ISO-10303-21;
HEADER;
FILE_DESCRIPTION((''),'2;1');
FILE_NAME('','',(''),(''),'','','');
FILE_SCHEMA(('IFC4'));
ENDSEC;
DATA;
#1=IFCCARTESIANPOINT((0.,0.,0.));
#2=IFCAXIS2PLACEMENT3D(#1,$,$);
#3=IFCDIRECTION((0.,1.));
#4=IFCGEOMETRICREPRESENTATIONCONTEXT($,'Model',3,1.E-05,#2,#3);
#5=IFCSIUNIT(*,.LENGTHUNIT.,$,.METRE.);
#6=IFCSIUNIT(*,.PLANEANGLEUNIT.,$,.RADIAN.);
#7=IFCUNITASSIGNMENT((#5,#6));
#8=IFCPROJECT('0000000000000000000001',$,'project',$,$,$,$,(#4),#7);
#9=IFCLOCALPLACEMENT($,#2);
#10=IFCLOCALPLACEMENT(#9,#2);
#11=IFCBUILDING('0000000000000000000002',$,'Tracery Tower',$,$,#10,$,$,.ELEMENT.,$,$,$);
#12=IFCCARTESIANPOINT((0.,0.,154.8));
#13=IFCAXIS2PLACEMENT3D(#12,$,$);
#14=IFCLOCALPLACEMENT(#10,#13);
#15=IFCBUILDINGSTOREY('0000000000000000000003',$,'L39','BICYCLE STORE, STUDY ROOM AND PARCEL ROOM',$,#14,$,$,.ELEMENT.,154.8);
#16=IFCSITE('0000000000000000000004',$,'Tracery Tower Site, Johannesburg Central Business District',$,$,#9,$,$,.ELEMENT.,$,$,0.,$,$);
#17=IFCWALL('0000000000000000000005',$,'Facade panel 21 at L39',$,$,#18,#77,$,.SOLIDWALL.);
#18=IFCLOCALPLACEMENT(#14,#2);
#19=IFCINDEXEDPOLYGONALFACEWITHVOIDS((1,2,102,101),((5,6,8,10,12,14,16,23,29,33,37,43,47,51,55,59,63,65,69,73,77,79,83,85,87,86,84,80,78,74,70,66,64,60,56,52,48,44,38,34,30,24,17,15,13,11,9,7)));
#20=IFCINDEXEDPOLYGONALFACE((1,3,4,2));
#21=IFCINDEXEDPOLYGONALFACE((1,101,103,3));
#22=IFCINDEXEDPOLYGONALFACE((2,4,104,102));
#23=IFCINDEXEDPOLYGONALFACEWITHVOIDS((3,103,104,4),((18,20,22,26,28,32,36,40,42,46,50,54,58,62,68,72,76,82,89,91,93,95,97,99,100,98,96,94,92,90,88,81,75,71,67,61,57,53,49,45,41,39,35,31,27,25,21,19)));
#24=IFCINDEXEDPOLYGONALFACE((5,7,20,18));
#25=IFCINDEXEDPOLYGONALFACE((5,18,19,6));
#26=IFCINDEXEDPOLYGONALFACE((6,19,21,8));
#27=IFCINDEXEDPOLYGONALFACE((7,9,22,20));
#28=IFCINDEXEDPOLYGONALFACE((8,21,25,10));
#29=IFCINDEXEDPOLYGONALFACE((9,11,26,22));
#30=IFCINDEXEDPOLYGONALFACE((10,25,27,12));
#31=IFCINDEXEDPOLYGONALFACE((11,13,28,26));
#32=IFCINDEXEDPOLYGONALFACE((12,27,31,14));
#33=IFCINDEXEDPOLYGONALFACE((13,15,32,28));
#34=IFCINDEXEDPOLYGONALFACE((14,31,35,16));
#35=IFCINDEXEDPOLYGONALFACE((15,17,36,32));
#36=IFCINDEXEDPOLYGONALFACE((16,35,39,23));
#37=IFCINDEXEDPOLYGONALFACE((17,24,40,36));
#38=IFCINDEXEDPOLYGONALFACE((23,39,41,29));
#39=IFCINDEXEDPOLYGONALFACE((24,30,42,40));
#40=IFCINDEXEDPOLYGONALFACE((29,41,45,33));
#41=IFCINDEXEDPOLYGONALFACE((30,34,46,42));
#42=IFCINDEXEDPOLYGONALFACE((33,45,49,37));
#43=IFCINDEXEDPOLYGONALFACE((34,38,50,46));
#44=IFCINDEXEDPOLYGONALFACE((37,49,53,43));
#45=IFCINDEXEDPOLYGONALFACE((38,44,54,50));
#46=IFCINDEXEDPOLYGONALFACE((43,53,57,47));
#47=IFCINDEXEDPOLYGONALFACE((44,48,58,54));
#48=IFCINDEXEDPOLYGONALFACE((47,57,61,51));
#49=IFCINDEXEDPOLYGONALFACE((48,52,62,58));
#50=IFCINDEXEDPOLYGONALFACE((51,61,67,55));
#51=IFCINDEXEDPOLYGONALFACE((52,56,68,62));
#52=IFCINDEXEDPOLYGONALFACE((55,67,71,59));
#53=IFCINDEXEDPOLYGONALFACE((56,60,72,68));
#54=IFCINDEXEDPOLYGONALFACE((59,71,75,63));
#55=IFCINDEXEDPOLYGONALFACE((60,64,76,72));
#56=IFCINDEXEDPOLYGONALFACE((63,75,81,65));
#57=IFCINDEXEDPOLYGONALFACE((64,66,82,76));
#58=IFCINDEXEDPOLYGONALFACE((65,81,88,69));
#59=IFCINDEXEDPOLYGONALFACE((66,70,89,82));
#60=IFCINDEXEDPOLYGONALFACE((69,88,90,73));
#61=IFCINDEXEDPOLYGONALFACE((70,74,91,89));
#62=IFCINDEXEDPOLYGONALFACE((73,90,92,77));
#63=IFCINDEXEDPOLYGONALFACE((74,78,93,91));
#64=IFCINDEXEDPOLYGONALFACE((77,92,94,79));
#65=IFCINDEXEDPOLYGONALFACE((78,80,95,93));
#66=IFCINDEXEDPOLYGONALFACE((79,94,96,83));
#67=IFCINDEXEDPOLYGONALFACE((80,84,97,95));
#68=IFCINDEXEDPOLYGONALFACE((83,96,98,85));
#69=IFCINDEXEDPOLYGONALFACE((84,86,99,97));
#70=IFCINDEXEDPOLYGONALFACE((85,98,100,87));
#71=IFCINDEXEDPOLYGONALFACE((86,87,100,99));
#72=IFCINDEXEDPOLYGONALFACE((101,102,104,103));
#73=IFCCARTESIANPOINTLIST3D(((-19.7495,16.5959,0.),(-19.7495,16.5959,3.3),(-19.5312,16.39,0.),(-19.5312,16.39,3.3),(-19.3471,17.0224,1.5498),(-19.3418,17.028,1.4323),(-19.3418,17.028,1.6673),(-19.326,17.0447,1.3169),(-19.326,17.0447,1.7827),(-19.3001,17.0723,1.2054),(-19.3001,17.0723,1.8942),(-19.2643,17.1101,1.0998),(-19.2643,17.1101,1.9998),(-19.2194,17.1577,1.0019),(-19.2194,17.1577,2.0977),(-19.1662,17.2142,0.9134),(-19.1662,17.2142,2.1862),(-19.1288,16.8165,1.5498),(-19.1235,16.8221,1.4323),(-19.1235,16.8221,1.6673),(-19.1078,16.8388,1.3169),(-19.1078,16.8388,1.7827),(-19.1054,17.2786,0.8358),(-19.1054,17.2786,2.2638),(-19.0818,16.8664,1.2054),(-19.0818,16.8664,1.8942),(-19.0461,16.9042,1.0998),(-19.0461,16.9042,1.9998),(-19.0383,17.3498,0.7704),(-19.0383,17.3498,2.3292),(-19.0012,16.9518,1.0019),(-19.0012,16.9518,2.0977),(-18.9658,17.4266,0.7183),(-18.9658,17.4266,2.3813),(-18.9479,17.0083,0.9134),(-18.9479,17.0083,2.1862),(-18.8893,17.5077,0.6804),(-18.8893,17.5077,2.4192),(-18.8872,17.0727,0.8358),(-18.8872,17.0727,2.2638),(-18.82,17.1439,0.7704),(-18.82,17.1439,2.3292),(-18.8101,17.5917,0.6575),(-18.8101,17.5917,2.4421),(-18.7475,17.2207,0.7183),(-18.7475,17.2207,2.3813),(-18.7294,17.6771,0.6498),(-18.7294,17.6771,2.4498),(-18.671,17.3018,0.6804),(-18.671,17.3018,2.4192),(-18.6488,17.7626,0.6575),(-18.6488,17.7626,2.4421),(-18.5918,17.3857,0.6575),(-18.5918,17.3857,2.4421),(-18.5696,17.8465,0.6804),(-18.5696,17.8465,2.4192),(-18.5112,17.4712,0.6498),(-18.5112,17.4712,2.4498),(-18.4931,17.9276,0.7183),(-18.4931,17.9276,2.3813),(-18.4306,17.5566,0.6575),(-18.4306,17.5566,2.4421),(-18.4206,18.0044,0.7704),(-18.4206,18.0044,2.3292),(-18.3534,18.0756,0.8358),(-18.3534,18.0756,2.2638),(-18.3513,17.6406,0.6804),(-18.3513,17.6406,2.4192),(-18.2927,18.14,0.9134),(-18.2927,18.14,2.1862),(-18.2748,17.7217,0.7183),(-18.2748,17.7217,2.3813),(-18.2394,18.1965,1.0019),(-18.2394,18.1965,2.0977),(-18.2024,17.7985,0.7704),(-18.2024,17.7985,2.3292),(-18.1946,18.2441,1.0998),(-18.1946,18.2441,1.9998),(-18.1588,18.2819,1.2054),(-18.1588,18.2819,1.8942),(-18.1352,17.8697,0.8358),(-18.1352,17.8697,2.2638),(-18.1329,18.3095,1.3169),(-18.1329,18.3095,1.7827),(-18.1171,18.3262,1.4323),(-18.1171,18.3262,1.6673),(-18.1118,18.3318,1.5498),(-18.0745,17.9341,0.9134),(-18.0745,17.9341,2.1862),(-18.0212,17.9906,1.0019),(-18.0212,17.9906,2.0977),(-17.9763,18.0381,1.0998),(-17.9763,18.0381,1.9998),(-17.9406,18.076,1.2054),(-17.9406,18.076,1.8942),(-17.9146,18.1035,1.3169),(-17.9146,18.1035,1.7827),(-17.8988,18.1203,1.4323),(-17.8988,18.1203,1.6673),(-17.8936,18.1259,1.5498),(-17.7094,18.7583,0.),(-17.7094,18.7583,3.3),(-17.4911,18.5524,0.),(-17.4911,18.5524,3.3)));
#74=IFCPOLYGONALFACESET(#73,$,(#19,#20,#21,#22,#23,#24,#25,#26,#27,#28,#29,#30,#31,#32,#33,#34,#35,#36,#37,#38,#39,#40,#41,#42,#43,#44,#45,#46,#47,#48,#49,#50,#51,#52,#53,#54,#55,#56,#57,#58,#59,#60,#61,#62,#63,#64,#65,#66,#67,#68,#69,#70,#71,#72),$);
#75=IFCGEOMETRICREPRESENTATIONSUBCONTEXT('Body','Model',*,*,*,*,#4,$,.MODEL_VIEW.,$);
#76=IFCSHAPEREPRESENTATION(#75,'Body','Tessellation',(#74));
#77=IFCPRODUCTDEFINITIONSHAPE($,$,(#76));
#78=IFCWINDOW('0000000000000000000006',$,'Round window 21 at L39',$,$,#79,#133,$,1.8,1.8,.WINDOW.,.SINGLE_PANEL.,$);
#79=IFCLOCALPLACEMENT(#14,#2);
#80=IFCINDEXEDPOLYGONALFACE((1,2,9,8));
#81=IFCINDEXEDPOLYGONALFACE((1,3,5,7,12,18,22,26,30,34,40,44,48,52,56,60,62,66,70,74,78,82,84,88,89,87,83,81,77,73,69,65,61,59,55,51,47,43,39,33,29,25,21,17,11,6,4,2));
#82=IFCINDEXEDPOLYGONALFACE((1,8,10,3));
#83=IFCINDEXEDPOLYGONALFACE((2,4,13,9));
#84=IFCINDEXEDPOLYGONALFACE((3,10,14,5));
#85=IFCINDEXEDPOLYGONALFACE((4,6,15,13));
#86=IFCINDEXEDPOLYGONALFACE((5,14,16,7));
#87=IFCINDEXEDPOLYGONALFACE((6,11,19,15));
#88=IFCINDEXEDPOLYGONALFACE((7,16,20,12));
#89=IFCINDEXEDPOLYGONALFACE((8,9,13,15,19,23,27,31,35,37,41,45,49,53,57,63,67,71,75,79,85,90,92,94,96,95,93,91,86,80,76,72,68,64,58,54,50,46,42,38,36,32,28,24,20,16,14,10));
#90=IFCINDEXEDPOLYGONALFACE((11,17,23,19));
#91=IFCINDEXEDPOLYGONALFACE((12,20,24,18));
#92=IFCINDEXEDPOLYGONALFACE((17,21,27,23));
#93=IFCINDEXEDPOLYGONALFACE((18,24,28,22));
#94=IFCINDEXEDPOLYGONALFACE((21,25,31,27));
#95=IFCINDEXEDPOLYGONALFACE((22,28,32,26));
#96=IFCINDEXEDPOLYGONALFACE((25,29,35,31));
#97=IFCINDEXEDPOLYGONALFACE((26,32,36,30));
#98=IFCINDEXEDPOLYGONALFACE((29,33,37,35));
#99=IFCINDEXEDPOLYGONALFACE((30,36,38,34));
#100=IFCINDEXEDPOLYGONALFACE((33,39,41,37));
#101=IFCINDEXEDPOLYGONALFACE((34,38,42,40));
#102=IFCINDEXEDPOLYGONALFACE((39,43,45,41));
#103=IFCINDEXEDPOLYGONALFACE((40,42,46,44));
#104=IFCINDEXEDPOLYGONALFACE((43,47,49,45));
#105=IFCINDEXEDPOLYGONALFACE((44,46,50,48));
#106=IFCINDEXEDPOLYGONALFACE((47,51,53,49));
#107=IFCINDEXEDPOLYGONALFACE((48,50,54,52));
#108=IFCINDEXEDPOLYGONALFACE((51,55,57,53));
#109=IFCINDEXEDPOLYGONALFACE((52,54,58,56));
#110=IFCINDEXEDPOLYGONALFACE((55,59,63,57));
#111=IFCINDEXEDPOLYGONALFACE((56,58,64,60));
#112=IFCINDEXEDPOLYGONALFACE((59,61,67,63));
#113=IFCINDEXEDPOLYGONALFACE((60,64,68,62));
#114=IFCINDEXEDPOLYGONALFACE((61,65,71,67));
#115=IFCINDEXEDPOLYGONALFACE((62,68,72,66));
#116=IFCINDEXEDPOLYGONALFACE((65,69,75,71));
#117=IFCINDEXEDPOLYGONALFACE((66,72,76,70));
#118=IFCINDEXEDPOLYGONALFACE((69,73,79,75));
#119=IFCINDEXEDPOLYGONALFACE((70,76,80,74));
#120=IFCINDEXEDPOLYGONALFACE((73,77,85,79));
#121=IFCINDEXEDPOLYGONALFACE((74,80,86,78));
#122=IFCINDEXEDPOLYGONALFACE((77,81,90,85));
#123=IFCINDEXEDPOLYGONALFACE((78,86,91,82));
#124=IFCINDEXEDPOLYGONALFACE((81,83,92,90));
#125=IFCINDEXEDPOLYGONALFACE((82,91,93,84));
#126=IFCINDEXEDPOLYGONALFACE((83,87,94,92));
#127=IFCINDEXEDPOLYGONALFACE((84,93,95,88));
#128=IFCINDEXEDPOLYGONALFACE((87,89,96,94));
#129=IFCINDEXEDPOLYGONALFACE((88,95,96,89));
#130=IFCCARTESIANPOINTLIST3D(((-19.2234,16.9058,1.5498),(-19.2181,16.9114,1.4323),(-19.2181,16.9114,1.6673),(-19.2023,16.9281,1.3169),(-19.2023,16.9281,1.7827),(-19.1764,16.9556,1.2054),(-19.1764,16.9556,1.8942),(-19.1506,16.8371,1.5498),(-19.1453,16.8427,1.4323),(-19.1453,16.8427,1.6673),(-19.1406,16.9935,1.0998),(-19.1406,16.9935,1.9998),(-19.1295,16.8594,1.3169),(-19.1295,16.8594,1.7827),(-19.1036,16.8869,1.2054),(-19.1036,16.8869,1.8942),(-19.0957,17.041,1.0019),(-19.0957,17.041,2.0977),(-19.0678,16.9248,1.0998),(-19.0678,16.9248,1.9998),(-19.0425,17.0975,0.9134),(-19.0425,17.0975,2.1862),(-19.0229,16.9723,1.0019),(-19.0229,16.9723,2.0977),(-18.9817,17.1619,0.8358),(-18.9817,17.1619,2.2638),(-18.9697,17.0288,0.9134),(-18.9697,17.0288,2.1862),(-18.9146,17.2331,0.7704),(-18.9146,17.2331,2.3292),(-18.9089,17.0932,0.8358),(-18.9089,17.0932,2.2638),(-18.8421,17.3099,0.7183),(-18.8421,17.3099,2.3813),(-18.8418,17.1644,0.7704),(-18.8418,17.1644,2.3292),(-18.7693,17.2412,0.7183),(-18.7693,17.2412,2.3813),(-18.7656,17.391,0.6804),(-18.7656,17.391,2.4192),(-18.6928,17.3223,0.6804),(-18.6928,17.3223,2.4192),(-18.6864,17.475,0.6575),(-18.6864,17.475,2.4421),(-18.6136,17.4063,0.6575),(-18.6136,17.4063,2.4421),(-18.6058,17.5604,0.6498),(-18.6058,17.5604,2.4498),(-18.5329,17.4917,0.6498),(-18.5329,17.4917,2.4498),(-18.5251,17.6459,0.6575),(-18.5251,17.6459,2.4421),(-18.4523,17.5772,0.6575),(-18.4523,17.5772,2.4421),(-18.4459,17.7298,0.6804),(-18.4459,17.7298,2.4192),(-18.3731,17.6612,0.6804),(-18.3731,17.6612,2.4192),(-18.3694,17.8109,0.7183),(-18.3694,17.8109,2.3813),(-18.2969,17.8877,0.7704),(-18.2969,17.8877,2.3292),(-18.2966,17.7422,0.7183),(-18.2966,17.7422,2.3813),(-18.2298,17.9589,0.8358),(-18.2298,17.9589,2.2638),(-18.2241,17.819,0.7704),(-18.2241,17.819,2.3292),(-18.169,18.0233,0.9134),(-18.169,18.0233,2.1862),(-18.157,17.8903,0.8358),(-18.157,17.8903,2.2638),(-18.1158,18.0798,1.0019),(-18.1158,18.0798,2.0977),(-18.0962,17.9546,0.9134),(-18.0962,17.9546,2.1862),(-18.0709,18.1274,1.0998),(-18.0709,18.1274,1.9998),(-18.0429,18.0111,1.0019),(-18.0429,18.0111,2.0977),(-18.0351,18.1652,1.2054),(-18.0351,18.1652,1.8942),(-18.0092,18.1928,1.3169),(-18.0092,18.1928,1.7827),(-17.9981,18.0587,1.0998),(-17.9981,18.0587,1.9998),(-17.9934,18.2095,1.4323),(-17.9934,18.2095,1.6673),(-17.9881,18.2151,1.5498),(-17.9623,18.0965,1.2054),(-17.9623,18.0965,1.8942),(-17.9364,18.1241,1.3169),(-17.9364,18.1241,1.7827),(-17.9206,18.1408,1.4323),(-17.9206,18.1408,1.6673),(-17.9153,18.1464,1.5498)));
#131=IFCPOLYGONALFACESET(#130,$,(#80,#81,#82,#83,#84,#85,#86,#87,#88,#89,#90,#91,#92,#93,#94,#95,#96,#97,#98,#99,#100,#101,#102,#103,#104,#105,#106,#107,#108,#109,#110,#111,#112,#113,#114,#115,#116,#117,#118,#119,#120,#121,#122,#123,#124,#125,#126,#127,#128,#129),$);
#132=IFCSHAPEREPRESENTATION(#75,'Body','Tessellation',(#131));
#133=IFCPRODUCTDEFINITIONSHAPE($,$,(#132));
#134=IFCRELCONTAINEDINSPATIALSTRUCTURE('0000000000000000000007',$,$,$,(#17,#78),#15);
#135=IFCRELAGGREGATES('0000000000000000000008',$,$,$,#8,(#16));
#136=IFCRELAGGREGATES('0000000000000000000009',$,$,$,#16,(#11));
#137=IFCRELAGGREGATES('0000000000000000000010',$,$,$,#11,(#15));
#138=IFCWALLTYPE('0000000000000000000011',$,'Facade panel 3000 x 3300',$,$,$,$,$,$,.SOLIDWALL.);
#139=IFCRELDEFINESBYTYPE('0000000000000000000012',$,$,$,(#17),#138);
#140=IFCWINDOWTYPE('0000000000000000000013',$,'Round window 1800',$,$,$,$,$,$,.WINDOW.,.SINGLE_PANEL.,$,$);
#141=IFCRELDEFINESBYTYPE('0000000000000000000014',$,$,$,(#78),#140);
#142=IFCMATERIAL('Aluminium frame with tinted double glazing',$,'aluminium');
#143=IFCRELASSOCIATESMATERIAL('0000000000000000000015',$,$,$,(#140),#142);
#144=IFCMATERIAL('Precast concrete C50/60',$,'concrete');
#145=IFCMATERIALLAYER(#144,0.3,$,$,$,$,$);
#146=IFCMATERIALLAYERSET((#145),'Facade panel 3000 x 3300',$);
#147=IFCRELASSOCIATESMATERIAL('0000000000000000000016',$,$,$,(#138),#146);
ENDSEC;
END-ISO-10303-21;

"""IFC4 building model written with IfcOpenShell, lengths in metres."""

from ifc_helpers import new_model, si_unit, direction, frame, frame_2d, origin, origin_2d, place, context, subcontext, project, spatial, rectangle, circle, extrude, material, layer, layer_set, type_object, element, fill, save


model = new_model("IFC4")

# Units and contexts
model_context = context("Model", 3, precision=1e-05, world=origin(), true_north=direction((0.0, 1.0)))
body_context = subcontext(model_context, "Body", "Model", "MODEL_VIEW")
ifc_project = project(units=[si_unit("LENGTHUNIT", "METRE"), si_unit("PLANEANGLEUNIT", "RADIAN")], contexts=[model_context])

# Site, building, storey
site_placement = place(None, origin())
site = spatial("IfcSite", under=ifc_project, at=site_placement, Name="Tracery Tower Site, Johannesburg Central Business District", CompositionType="ELEMENT", RefElevation=0.0)
building_placement = place(site_placement, origin())
building = spatial("IfcBuilding", under=site, at=building_placement, Name="Tracery Tower", CompositionType="ELEMENT")
storey_placement = place(building_placement, frame((0.0, 0.0, 154.8)))
storey = spatial("IfcBuildingStorey", under=building, at=storey_placement, Name="L39", Description="BICYCLE STORE, STUDY ROOM AND PARCEL ROOM", CompositionType="ELEMENT", Elevation=154.8)

# Wall, opening, window
ifc_material_1 = material(Name="Aluminium frame with tinted double glazing", Category="aluminium")
window_type = type_object("IfcWindowType", Name="Round window 1800", PartitioningType="SINGLE_PANEL", PredefinedType="WINDOW", material=ifc_material_1)
ifc_material_2 = material(Name="Precast concrete C50/60", Category="concrete")
ifc_layer_1 = layer(ifc_material_2, 0.3)
ifc_layer_set_1 = layer_set([ifc_layer_1], Name="Facade panel 3000 x 3300")
wall_type_1 = type_object("IfcWallType", Name="Facade panel 3000 x 3300", PredefinedType="SOLIDWALL", material=ifc_layer_set_1)
wall_1_placement = place(storey_placement, frame((-17.6003, 18.6553, 0.0), z_axis=(0.0, 0.0, 1.0), x_axis=(-0.686235, -0.72738, 0.0)))
wall_1 = element("IfcWall", 1, at=wall_1_placement, inside=storey, type_object=wall_type_1, Name="Facade panel 21 at L39", PredefinedType="SOLIDWALL", context=body_context, shape_type="SweptSolid", body=[
    extrude(rectangle(XDim=2.9729, YDim=0.3, at=frame_2d((1.4863, 0.0))), origin(), (0.0, 0.0, 1.0), 3.3),
])
opening_1_placement = place(wall_1_placement, frame((1.4863, 0.0, 1.5498)))
opening_1 = element("IfcOpeningElement", 2, at=opening_1_placement, cuts=wall_1, PredefinedType="OPENING", context=body_context, shape_type="SweptSolid", body=[
    extrude(circle(Radius=0.9, at=origin_2d()), frame((0.0, 0.1599, 0.0), z_axis=(0.0, -1.0, 0.0), x_axis=(1.0, 0.0, 0.0)), (0.0, 0.0, 1.0), 0.3201),
])
window_1_placement = place(opening_1_placement, origin())
window_1 = element("IfcWindow", 3, at=window_1_placement, inside=storey, type_object=window_type, Name="Round window 21 at L39", OverallHeight=1.8, OverallWidth=1.8, PartitioningType="SINGLE_PANEL", PredefinedType="WINDOW", context=body_context, shape_type="SweptSolid", body=[
    extrude(circle(Radius=0.9, at=origin_2d()), frame((0.0, 0.1201, 0.0), z_axis=(0.0, -1.0, 0.0), x_axis=(1.0, 0.0, 0.0)), (0.0, 0.0, 1.0), 0.1001),
])
fill(opening_1, window_1)

save(model, "model.ifc")
